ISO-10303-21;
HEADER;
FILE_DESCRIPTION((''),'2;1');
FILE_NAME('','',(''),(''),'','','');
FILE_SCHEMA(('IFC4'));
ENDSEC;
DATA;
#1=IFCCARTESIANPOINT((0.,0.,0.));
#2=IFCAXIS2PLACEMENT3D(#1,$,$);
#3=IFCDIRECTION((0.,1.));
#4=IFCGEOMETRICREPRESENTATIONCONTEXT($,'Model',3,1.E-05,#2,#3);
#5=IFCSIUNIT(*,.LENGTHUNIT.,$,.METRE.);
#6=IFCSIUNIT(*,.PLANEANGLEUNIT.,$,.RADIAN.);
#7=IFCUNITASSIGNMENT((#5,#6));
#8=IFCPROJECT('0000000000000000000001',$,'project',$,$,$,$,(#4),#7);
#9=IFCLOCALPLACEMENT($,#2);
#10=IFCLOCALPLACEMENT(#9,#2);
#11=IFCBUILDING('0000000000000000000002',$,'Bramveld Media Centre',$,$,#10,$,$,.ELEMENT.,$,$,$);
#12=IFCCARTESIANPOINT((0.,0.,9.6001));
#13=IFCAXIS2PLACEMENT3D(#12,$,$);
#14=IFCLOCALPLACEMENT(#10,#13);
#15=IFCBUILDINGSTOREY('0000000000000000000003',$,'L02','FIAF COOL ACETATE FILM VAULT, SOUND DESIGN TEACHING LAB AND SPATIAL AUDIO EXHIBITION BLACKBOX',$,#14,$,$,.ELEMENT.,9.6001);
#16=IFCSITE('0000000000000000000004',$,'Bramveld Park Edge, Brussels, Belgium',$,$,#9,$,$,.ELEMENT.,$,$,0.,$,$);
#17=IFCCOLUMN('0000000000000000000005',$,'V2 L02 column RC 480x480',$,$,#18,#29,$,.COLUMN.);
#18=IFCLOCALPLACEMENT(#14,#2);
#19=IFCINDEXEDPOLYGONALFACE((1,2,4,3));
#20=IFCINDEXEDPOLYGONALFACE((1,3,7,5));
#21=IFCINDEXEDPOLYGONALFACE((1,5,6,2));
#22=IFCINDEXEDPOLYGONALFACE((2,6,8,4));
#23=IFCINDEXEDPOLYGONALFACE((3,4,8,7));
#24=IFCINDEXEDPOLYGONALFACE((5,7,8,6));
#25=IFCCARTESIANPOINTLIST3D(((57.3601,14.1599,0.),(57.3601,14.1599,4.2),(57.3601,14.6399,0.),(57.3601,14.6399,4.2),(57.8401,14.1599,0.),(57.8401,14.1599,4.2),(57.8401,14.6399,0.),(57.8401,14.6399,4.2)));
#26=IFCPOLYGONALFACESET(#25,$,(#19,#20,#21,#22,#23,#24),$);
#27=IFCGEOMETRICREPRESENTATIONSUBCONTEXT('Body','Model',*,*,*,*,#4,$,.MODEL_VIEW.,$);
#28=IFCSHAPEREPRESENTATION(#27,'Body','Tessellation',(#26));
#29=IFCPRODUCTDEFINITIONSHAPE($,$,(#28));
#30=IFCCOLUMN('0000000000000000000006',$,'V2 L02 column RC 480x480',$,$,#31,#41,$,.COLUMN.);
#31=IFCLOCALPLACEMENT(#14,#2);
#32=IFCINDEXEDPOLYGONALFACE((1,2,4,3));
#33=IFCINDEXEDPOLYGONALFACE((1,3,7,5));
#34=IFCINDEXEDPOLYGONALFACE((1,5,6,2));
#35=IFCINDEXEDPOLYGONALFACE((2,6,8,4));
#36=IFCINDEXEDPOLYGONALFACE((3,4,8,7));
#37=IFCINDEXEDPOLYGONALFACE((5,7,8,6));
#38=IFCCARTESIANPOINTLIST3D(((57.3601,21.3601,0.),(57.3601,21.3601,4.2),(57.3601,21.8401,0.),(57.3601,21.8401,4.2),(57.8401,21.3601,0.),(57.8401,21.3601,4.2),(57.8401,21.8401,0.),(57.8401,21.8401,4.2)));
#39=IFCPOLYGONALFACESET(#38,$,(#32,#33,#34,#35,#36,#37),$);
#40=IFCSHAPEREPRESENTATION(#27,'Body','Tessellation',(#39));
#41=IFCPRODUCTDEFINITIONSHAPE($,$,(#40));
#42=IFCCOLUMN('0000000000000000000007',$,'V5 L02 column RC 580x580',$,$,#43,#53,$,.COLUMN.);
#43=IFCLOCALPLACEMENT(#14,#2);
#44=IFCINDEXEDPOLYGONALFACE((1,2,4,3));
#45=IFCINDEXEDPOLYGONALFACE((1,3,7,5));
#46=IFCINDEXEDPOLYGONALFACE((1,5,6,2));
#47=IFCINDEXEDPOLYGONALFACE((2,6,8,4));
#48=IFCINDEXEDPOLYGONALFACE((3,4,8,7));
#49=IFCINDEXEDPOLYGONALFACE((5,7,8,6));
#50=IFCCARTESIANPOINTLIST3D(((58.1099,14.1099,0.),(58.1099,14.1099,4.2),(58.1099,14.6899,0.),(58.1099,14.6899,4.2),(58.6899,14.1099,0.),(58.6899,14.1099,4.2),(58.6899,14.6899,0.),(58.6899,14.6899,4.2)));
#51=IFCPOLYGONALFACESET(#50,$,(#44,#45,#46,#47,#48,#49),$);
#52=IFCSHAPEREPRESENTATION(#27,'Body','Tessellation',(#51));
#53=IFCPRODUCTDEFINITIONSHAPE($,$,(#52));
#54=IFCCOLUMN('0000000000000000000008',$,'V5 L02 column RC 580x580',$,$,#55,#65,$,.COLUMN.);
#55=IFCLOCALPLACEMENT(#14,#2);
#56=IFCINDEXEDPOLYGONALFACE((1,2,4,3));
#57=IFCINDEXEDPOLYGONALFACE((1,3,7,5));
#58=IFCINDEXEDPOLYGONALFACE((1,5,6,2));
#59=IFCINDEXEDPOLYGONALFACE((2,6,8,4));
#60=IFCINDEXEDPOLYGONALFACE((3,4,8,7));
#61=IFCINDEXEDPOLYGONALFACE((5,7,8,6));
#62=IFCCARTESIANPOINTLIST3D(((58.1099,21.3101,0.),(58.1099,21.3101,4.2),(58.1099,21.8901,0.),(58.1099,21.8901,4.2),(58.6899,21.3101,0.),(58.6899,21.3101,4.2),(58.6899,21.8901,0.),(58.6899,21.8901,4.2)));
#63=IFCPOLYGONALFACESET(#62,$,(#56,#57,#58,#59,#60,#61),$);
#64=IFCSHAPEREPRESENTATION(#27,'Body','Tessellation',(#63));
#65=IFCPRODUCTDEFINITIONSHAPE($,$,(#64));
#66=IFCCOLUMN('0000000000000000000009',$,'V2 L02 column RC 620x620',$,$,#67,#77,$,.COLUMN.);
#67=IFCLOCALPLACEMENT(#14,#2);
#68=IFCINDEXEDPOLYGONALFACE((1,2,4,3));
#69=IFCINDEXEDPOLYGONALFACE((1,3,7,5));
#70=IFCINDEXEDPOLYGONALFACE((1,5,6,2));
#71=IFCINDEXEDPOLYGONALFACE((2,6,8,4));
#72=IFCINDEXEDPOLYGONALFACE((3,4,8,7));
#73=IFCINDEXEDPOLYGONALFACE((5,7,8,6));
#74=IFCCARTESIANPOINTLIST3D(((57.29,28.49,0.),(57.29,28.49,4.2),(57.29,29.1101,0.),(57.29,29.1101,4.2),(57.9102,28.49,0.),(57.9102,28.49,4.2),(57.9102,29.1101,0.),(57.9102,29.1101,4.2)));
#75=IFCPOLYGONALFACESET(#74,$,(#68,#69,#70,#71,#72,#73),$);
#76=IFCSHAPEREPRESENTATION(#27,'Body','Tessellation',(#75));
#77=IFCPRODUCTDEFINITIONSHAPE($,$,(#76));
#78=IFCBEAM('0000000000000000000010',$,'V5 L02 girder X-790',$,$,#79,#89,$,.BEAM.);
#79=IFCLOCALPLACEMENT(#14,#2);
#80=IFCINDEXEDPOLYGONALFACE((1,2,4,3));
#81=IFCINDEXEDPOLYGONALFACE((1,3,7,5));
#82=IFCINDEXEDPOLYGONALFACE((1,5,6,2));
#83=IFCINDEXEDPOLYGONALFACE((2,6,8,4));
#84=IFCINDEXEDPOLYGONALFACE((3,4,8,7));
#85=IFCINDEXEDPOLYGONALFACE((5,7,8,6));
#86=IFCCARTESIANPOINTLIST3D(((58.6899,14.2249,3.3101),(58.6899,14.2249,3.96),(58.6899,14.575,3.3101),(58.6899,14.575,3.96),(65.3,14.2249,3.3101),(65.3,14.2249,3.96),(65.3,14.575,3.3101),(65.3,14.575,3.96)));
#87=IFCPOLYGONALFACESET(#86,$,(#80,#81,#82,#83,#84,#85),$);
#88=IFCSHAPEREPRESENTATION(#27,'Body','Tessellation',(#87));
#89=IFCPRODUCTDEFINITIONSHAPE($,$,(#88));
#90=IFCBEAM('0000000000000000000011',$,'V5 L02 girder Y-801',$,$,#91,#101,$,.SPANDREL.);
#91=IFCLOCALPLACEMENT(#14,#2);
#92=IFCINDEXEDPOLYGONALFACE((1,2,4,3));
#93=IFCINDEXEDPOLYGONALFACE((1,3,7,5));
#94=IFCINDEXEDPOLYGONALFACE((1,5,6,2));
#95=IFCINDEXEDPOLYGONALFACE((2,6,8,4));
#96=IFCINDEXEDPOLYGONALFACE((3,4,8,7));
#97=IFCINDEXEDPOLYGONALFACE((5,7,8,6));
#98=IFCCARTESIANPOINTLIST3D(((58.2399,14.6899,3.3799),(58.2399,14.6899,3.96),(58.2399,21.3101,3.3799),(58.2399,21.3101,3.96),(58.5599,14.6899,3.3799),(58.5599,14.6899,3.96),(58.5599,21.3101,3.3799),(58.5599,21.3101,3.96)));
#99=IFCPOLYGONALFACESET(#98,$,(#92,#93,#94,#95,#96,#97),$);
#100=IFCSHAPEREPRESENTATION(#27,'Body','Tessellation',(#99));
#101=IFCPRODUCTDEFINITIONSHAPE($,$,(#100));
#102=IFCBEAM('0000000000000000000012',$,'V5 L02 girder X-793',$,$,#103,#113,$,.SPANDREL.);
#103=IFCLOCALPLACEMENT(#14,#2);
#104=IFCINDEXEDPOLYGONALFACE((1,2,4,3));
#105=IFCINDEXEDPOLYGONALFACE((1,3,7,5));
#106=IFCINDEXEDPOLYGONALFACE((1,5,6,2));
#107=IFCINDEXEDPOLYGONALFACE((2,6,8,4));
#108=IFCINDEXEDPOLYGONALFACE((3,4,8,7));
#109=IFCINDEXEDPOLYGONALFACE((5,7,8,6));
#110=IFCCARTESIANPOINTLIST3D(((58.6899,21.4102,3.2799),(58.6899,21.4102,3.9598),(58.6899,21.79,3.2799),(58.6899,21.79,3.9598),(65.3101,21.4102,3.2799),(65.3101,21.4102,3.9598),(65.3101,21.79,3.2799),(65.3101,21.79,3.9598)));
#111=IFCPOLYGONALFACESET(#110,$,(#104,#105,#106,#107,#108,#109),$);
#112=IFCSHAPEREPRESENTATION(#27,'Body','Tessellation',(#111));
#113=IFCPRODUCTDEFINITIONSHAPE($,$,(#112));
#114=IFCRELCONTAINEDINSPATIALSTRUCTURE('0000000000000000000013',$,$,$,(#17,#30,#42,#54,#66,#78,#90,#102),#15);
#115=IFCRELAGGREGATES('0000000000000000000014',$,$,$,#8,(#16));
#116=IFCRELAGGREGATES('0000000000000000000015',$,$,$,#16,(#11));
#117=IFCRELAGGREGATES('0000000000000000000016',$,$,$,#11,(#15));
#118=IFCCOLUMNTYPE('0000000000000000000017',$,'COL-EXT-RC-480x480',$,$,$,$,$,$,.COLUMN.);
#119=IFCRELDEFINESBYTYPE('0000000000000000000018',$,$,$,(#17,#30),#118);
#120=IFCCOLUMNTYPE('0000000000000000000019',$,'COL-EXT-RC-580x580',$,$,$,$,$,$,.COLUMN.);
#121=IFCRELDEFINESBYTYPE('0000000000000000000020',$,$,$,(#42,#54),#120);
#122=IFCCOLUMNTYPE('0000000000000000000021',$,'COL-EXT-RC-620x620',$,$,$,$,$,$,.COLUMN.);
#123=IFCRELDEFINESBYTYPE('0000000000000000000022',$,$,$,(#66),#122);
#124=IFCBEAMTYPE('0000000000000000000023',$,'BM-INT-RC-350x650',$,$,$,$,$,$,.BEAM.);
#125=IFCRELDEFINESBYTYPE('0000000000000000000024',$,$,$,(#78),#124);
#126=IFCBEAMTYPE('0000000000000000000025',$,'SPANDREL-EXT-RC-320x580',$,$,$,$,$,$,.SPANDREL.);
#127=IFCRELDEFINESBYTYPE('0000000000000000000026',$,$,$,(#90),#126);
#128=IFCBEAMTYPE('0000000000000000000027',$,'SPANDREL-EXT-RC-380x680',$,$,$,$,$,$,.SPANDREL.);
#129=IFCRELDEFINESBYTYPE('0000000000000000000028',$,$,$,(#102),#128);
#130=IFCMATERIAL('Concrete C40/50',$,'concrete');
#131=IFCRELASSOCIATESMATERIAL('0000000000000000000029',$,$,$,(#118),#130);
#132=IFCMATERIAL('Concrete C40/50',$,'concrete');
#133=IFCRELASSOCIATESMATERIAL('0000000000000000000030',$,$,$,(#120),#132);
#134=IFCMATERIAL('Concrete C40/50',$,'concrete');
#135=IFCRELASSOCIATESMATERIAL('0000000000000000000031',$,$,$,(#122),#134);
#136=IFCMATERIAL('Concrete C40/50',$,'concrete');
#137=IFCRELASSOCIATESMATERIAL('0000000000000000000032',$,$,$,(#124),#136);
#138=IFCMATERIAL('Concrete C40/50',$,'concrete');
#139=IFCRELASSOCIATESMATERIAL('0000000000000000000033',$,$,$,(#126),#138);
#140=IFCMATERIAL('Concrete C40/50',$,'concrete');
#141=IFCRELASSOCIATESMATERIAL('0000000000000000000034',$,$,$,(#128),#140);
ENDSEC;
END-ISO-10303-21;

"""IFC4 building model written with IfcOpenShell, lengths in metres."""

from ifc_helpers import new_model, si_unit, direction, frame, origin, origin_2d, place, context, subcontext, project, spatial, rectangle, extrude, material, material_profile, profile_set, type_object, element, save


model = new_model("IFC4")

# Units and contexts
model_context = context("Model", 3, precision=1e-05, world=origin(), true_north=direction((0.0, 1.0)))
body_context = subcontext(model_context, "Body", "Model", "MODEL_VIEW")
ifc_project = project(units=[si_unit("LENGTHUNIT", "METRE"), si_unit("PLANEANGLEUNIT", "RADIAN")], contexts=[model_context])

# Site, building, storey
site_placement = place(None, origin())
site = spatial("IfcSite", under=ifc_project, at=site_placement, Name="Bramveld Park Edge, Brussels, Belgium", CompositionType="ELEMENT", RefElevation=0.0)
building_placement = place(site_placement, origin())
building = spatial("IfcBuilding", under=site, at=building_placement, Name="Bramveld Media Centre", CompositionType="ELEMENT")
storey_placement = place(building_placement, frame((0.0, 0.0, 9.6001)))
storey = spatial("IfcBuildingStorey", under=building, at=storey_placement, Name="L02", Description="FIAF COOL ACETATE FILM VAULT, SOUND DESIGN TEACHING LAB AND SPATIAL AUDIO EXHIBITION BLACKBOX", CompositionType="ELEMENT", Elevation=9.6001)

# Columns
ifc_material_1 = material(Name="Concrete C40/50", Category="concrete")
ifc_material_profile_1 = material_profile(ifc_material_1, rectangle(XDim=0.48, YDim=0.48, at=origin_2d()), Name="RC 480x480")
ifc_profile_set_1 = profile_set([ifc_material_profile_1], Name="Concrete C40/50")
column_type_1 = type_object("IfcColumnType", Name="COL-EXT-RC-480x480", PredefinedType="COLUMN", material=ifc_profile_set_1)
for number, where, z_axis, x_axis, name in (
    (1, (57.6001, 14.3999, 0.0), (0.0, 0.0, 1.0), (1.0, 0.0, 0.0), "V2 L02 column RC 480x480"),
    (2, (57.6001, 21.6001, 0.0), (0.0, 0.0, 1.0), (1.0, 0.0, 0.0), "V2 L02 column RC 480x480"),
):
    element("IfcColumn", number, at=place(storey_placement, frame(where, z_axis=z_axis, x_axis=x_axis)), inside=storey, type_object=column_type_1, Name=name, PredefinedType="COLUMN", context=body_context, shape_type="SweptSolid", body=[
        extrude(rectangle(XDim=0.48, YDim=0.48, at=origin_2d()), origin(), (0.0, 0.0, 1.0), 4.2),
    ])
ifc_material_2 = material(Name="Concrete C40/50", Category="concrete")
ifc_material_profile_2 = material_profile(ifc_material_2, rectangle(XDim=0.5801, YDim=0.5801, at=origin_2d()), Name="RC 580x580")
ifc_profile_set_2 = profile_set([ifc_material_profile_2], Name="Concrete C40/50")
column_type_2 = type_object("IfcColumnType", Name="COL-EXT-RC-580x580", PredefinedType="COLUMN", material=ifc_profile_set_2)
for number, where, z_axis, x_axis, name in (
    (3, (58.3999, 14.3999, 0.0), (0.0, 0.0, 1.0), (1.0, 0.0, 0.0), "V5 L02 column RC 580x580"),
    (4, (58.3999, 21.6001, 0.0), (0.0, 0.0, 1.0), (1.0, 0.0, 0.0), "V5 L02 column RC 580x580"),
):
    element("IfcColumn", number, at=place(storey_placement, frame(where, z_axis=z_axis, x_axis=x_axis)), inside=storey, type_object=column_type_2, Name=name, PredefinedType="COLUMN", context=body_context, shape_type="SweptSolid", body=[
        extrude(rectangle(XDim=0.5801, YDim=0.5801, at=origin_2d()), origin(), (0.0, 0.0, 1.0), 4.2),
    ])
ifc_material_3 = material(Name="Concrete C40/50", Category="concrete")
ifc_material_profile_3 = material_profile(ifc_material_3, rectangle(XDim=0.6201, YDim=0.6201, at=origin_2d()), Name="RC 620x620")
ifc_profile_set_3 = profile_set([ifc_material_profile_3], Name="Concrete C40/50")
column_type_3 = type_object("IfcColumnType", Name="COL-EXT-RC-620x620", PredefinedType="COLUMN", material=ifc_profile_set_3)
column_placement = place(storey_placement, frame((57.6001, 28.8, 0.0), z_axis=(0.0, 0.0, 1.0), x_axis=(1.0, 0.0, 0.0)))
element("IfcColumn", 5, at=column_placement, inside=storey, type_object=column_type_3, Name="V2 L02 column RC 620x620", PredefinedType="COLUMN", context=body_context, shape_type="SweptSolid", body=[
    extrude(rectangle(XDim=0.6201, YDim=0.6201, at=origin_2d()), origin(), (0.0, 0.0, 1.0), 4.2),
])

# Beams
ifc_material_4 = material(Name="Concrete C40/50", Category="concrete")
ifc_material_profile_4 = material_profile(ifc_material_4, rectangle(XDim=0.3501, YDim=0.6499, at=origin_2d()), Name="RC 350x650")
ifc_profile_set_4 = profile_set([ifc_material_profile_4], Name="Concrete C40/50")
beam_type_1 = type_object("IfcBeamType", Name="BM-INT-RC-350x650", PredefinedType="BEAM", material=ifc_profile_set_4)
beam_1_placement = place(storey_placement, frame((58.6899, 14.3999, 3.635), z_axis=(1.0, 0.0, 0.0), x_axis=(0.0, 1.0, 0.0)))
element("IfcBeam", 6, at=beam_1_placement, inside=storey, type_object=beam_type_1, Name="V5 L02 girder X-790", PredefinedType="BEAM", context=body_context, shape_type="SweptSolid", body=[
    extrude(rectangle(XDim=0.3501, YDim=0.6499, at=origin_2d()), origin(), (0.0, 0.0, 1.0), 6.6101),
])
ifc_material_5 = material(Name="Concrete C40/50", Category="concrete")
ifc_material_profile_5 = material_profile(ifc_material_5, rectangle(XDim=0.3201, YDim=0.5801, at=origin_2d()), Name="RC 320x580")
ifc_profile_set_5 = profile_set([ifc_material_profile_5], Name="Concrete C40/50")
beam_type_2 = type_object("IfcBeamType", Name="SPANDREL-EXT-RC-320x580", PredefinedType="SPANDREL", material=ifc_profile_set_5)
beam_2_placement = place(storey_placement, frame((58.3999, 14.6899, 3.6699), z_axis=(0.0, 1.0, 0.0), x_axis=(-1.0, 0.0, 0.0)))
element("IfcBeam", 7, at=beam_2_placement, inside=storey, type_object=beam_type_2, Name="V5 L02 girder Y-801", PredefinedType="SPANDREL", context=body_context, shape_type="SweptSolid", body=[
    extrude(rectangle(XDim=0.3201, YDim=0.5801, at=origin_2d()), origin(), (0.0, 0.0, 1.0), 6.6201),
])
ifc_material_6 = material(Name="Concrete C40/50", Category="concrete")
ifc_material_profile_6 = material_profile(ifc_material_6, rectangle(XDim=0.3799, YDim=0.6799, at=origin_2d()), Name="RC 380x680")
ifc_profile_set_6 = profile_set([ifc_material_profile_6], Name="Concrete C40/50")
beam_type_3 = type_object("IfcBeamType", Name="SPANDREL-EXT-RC-380x680", PredefinedType="SPANDREL", material=ifc_profile_set_6)
beam_3_placement = place(storey_placement, frame((58.6899, 21.6001, 3.6199), z_axis=(1.0, 0.0, 0.0), x_axis=(0.0, 1.0, 0.0)))
element("IfcBeam", 8, at=beam_3_placement, inside=storey, type_object=beam_type_3, Name="V5 L02 girder X-793", PredefinedType="SPANDREL", context=body_context, shape_type="SweptSolid", body=[
    extrude(rectangle(XDim=0.3799, YDim=0.6799, at=origin_2d()), origin(), (0.0, 0.0, 1.0), 6.6201),
])

save(model, "model.ifc")
